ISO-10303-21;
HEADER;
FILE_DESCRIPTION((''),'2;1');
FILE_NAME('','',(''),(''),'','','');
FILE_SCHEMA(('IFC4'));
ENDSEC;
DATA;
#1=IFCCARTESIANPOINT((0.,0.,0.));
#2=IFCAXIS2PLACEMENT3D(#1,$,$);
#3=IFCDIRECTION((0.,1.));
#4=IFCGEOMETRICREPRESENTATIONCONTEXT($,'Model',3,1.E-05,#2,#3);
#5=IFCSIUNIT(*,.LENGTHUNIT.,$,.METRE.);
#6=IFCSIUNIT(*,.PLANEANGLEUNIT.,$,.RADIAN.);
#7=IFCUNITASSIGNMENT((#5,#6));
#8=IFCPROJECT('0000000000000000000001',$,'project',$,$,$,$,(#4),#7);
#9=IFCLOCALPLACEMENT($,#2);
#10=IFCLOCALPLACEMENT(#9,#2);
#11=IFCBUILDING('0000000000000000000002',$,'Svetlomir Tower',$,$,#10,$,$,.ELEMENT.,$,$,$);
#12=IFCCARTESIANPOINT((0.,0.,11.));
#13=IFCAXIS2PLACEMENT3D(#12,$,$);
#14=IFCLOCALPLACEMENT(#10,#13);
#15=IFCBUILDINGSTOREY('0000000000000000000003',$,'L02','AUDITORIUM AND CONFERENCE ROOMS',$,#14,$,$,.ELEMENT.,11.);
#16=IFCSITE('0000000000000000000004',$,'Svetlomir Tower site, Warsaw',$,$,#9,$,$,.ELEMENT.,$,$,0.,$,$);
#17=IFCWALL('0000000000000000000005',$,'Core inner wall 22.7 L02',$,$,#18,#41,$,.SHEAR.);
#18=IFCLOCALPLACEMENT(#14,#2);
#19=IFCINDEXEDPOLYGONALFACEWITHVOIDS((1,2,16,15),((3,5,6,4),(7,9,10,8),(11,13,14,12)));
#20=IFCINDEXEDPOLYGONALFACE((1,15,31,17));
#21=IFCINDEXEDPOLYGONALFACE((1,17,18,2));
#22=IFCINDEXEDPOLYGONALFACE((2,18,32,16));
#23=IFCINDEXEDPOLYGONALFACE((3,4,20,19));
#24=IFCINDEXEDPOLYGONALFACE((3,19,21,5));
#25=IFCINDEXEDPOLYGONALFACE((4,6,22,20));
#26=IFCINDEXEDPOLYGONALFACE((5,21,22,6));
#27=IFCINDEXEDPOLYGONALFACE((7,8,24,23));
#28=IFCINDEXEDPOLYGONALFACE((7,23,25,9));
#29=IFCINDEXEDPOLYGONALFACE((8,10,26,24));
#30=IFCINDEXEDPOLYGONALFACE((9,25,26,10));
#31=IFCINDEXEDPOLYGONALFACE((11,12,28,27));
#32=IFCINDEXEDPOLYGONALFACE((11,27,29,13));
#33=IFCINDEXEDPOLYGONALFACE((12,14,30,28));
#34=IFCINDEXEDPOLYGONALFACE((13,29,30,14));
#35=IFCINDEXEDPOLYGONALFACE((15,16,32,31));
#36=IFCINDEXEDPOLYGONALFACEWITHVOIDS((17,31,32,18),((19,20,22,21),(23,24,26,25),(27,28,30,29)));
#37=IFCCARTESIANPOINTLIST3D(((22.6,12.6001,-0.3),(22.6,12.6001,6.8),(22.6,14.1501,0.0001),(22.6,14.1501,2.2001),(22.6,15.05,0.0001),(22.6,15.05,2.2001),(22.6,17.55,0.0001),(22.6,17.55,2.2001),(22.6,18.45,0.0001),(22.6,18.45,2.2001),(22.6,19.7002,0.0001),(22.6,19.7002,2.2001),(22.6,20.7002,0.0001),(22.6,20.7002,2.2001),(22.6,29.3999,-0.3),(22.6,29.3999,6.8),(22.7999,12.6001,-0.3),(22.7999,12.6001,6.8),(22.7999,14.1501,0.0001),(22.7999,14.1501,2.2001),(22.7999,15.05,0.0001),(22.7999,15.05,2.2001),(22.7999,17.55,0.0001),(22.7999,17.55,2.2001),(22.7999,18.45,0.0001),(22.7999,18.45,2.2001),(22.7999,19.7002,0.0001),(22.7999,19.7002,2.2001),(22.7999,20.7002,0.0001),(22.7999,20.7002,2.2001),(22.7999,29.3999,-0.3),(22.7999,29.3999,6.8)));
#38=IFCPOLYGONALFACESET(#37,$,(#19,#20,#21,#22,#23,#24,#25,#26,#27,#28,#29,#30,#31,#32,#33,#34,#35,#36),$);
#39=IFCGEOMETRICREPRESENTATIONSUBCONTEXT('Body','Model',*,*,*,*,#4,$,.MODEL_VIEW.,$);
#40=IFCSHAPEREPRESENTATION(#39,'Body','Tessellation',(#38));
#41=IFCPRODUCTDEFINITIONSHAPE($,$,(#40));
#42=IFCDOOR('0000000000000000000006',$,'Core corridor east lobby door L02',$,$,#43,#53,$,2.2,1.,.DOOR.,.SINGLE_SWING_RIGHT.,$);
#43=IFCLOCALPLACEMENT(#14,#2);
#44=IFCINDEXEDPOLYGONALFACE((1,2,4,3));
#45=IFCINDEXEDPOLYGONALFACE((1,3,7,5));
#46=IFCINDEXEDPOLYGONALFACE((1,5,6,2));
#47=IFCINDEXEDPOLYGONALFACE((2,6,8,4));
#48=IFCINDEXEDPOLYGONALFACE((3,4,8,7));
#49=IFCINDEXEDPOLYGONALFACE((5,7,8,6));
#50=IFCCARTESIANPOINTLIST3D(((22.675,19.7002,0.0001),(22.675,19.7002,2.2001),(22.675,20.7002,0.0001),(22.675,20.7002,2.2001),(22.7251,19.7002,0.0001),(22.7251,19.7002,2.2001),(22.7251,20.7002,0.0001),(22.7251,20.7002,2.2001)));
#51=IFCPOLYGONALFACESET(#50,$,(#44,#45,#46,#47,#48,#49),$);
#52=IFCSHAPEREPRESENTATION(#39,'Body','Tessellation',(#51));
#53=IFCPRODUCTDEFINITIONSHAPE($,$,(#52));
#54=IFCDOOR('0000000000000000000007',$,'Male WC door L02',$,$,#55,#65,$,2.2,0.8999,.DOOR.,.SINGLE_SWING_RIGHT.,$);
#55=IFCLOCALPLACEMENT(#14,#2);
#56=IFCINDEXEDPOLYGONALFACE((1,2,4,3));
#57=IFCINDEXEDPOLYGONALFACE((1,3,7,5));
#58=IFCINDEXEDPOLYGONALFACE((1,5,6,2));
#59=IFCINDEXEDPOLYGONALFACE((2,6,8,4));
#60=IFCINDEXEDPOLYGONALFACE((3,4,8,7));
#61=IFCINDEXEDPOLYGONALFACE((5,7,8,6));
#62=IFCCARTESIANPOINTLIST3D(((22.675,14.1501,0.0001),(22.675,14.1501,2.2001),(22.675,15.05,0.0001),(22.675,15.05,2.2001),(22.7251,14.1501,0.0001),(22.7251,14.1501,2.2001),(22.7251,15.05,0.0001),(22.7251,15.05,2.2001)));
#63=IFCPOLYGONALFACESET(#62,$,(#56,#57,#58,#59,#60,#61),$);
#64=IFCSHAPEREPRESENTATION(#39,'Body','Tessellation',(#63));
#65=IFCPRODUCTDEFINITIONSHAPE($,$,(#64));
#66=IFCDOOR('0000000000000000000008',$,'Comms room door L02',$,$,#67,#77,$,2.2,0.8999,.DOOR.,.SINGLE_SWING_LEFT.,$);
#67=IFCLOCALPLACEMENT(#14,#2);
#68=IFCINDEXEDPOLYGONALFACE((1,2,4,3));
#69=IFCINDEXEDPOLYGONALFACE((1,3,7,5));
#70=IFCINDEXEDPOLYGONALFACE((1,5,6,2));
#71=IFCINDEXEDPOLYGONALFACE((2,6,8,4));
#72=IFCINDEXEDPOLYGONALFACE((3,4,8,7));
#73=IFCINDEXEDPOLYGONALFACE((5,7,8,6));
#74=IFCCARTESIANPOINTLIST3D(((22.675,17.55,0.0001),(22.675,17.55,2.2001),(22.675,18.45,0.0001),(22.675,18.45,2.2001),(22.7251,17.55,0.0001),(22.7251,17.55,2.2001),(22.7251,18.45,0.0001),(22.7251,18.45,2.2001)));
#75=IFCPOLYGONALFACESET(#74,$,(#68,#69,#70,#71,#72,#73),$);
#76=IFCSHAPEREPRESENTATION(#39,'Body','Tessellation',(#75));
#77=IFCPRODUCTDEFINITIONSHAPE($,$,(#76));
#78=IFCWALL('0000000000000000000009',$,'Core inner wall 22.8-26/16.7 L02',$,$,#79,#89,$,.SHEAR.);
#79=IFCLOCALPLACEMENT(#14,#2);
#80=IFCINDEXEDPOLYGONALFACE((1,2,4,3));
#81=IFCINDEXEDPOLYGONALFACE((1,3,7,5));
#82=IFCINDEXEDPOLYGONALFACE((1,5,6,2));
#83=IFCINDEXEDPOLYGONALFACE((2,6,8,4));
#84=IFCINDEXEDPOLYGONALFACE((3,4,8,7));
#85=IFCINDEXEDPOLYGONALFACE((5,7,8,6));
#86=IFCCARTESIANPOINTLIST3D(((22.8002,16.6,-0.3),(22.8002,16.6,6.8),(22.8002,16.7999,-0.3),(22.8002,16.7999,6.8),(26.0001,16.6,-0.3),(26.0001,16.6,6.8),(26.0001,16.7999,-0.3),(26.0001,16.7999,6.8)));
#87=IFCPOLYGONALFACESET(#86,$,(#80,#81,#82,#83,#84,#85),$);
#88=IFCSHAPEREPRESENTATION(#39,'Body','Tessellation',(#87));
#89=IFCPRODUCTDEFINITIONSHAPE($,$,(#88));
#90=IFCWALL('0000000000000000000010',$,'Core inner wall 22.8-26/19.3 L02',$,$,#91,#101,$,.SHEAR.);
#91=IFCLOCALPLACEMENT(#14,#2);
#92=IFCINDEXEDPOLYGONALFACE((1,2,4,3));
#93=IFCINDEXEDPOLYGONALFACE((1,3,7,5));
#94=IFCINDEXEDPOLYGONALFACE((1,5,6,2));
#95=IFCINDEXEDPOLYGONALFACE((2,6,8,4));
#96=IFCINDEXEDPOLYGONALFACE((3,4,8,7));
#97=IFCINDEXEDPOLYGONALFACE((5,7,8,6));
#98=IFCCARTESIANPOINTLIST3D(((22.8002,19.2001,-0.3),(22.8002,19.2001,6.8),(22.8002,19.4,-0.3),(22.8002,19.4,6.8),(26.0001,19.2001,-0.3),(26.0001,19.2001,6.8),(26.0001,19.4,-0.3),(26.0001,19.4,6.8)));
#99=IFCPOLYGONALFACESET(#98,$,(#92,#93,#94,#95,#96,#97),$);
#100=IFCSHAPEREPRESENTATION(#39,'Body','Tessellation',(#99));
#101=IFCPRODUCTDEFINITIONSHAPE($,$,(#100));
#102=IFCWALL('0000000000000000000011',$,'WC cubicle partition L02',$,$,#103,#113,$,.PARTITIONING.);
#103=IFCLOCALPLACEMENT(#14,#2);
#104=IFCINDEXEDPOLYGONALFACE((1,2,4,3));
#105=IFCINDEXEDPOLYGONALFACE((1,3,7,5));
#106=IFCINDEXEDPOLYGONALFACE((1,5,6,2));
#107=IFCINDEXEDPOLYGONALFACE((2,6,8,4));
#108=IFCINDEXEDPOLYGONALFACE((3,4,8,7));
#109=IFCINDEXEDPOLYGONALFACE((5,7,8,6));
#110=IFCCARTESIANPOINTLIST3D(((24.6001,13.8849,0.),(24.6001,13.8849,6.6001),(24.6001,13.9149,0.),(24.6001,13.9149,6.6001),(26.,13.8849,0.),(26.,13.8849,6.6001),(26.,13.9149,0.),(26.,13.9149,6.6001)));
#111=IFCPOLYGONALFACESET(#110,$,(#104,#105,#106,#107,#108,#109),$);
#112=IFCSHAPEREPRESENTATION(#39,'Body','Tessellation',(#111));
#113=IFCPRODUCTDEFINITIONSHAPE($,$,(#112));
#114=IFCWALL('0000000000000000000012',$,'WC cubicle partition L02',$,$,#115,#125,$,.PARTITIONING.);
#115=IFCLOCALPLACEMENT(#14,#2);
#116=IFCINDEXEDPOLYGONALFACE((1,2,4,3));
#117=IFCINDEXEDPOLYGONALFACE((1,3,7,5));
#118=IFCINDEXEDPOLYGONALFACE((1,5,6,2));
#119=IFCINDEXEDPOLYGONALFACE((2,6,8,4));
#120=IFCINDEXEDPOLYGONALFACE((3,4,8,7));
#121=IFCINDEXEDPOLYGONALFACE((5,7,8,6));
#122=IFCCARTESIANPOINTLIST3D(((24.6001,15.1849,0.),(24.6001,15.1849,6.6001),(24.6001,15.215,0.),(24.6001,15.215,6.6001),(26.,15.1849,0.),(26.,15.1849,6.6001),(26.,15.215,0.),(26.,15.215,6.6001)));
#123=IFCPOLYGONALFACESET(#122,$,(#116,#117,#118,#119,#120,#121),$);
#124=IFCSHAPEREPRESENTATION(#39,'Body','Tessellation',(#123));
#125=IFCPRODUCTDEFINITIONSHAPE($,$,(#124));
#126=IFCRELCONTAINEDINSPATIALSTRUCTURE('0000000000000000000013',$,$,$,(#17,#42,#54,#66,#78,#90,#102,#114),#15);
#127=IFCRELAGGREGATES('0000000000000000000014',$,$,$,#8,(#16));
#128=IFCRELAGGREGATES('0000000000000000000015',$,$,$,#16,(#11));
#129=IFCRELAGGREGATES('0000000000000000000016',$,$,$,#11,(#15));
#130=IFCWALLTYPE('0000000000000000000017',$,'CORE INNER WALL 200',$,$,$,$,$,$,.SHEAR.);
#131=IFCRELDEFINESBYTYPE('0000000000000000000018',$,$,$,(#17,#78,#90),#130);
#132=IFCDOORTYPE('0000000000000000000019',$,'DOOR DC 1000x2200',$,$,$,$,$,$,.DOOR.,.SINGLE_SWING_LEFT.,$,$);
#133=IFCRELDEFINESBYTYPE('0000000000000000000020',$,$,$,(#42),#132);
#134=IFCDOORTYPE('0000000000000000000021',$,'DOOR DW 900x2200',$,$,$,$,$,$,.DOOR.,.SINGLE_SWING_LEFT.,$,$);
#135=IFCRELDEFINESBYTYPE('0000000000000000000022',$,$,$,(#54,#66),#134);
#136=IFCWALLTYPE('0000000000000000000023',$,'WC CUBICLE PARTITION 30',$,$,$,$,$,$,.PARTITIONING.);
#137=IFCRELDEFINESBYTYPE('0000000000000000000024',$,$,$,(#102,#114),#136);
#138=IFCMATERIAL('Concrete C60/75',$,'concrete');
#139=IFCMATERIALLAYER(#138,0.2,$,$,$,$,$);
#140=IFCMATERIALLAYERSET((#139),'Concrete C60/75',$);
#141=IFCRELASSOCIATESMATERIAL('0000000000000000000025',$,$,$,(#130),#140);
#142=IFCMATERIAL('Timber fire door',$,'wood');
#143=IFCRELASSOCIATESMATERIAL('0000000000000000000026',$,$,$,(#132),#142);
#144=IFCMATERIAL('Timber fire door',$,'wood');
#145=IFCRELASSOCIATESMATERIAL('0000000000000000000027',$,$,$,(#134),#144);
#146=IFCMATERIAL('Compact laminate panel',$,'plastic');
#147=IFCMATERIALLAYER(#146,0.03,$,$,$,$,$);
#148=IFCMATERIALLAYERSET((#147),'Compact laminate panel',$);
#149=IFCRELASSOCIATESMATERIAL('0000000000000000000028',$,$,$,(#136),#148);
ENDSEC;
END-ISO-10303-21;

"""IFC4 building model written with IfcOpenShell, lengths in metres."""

from ifc_helpers import new_model, si_unit, direction, frame, frame_2d, origin, place, context, subcontext, project, spatial, rectangle, extrude, material, layer, layer_set, type_object, element, fill, save


model = new_model("IFC4")

# Units and contexts
model_context = context("Model", 3, precision=1e-05, world=origin(), true_north=direction((0.0, 1.0)))
body_context = subcontext(model_context, "Body", "Model", "MODEL_VIEW")
ifc_project = project(units=[si_unit("LENGTHUNIT", "METRE"), si_unit("PLANEANGLEUNIT", "RADIAN")], contexts=[model_context])

# Site, building, storey
site_placement = place(None, origin())
site = spatial("IfcSite", under=ifc_project, at=site_placement, Name="Svetlomir Tower site, Warsaw", CompositionType="ELEMENT", RefElevation=0.0)
building_placement = place(site_placement, origin())
building = spatial("IfcBuilding", under=site, at=building_placement, Name="Svetlomir Tower", CompositionType="ELEMENT")
storey_placement = place(building_placement, frame((0.0, 0.0, 11.0)))
storey = spatial("IfcBuildingStorey", under=building, at=storey_placement, Name="L02", Description="AUDITORIUM AND CONFERENCE ROOMS", CompositionType="ELEMENT", Elevation=11.0)

# Wall, openings, doors
ifc_material_1 = material(Name="Concrete C60/75", Category="concrete")
ifc_layer_1 = layer(ifc_material_1, 0.2)
ifc_layer_set_1 = layer_set([ifc_layer_1], Name="Concrete C60/75")
wall_type_1 = type_object("IfcWallType", Name="CORE INNER WALL 200", PredefinedType="SHEAR", material=ifc_layer_set_1)
ifc_material_2 = material(Name="Timber fire door", Category="wood")
door_type_1 = type_object("IfcDoorType", Name="DOOR DC 1000x2200", OperationType="SINGLE_SWING_LEFT", PredefinedType="DOOR", material=ifc_material_2)
ifc_material_3 = material(Name="Timber fire door", Category="wood")
door_type_2 = type_object("IfcDoorType", Name="DOOR DW 900x2200", OperationType="SINGLE_SWING_LEFT", PredefinedType="DOOR", material=ifc_material_3)
wall_1_placement = place(storey_placement, frame((22.7, 12.6001, -0.3), z_axis=(0.0, 0.0, 1.0), x_axis=(0.0, 1.0, 0.0)))
wall_1 = element("IfcWall", 1, at=wall_1_placement, inside=storey, type_object=wall_type_1, Name="Core inner wall 22.7 L02", PredefinedType="SHEAR", context=body_context, shape_type="SweptSolid", body=[
    extrude(rectangle(XDim=16.7998, YDim=0.2, at=frame_2d((8.3999, 0.0))), origin(), (0.0, 0.0, 1.0), 7.1001),
])
opening_1_placement = place(wall_1_placement, frame((7.1001, 0.0, 0.3)))
opening_1 = element("IfcOpeningElement", 2, at=opening_1_placement, cuts=wall_1, PredefinedType="OPENING", context=body_context, shape_type="SweptSolid", body=[
    extrude(rectangle(XDim=1.0, YDim=2.2, at=frame_2d((0.5, 1.1001))), frame((0.0, 0.1099, 0.0), z_axis=(0.0, -1.0, 0.0), x_axis=(1.0, 0.0, 0.0)), (0.0, 0.0, 1.0), 0.22),
])
opening_2_placement = place(wall_1_placement, frame((1.55, 0.0, 0.3)))
opening_2 = element("IfcOpeningElement", 3, at=opening_2_placement, cuts=wall_1, PredefinedType="OPENING", context=body_context, shape_type="SweptSolid", body=[
    extrude(rectangle(XDim=0.8999, YDim=2.2, at=frame_2d((0.45, 1.1001))), frame((0.0, 0.1099, 0.0), z_axis=(0.0, -1.0, 0.0), x_axis=(1.0, 0.0, 0.0)), (0.0, 0.0, 1.0), 0.22),
])
opening_3_placement = place(wall_1_placement, frame((4.95, 0.0, 0.3)))
opening_3 = element("IfcOpeningElement", 4, at=opening_3_placement, cuts=wall_1, PredefinedType="OPENING", context=body_context, shape_type="SweptSolid", body=[
    extrude(rectangle(XDim=0.8999, YDim=2.2, at=frame_2d((0.45, 1.1001))), frame((0.0, 0.1099, 0.0), z_axis=(0.0, -1.0, 0.0), x_axis=(1.0, 0.0, 0.0)), (0.0, 0.0, 1.0), 0.22),
])
door_1_placement = place(opening_1_placement, origin())
door_1 = element("IfcDoor", 5, at=door_1_placement, inside=storey, type_object=door_type_1, Name="Core corridor east lobby door L02", OperationType="SINGLE_SWING_RIGHT", OverallHeight=2.2, OverallWidth=1.0, PredefinedType="DOOR", context=body_context, shape_type="SweptSolid", body=[
    extrude(rectangle(XDim=1.0, YDim=2.2, at=frame_2d((0.5, 1.1001))), frame((0.0, 0.0249, 0.0), z_axis=(0.0, -1.0, 0.0), x_axis=(1.0, 0.0, 0.0)), (0.0, 0.0, 1.0), 0.05),
])
fill(opening_1, door_1)
door_2_placement = place(opening_2_placement, origin())
door_2 = element("IfcDoor", 6, at=door_2_placement, inside=storey, type_object=door_type_2, Name="Male WC door L02", OperationType="SINGLE_SWING_RIGHT", OverallHeight=2.2, OverallWidth=0.8999, PredefinedType="DOOR", context=body_context, shape_type="SweptSolid", body=[
    extrude(rectangle(XDim=0.8999, YDim=2.2, at=frame_2d((0.45, 1.1001))), frame((0.0, 0.0249, 0.0), z_axis=(0.0, -1.0, 0.0), x_axis=(1.0, 0.0, 0.0)), (0.0, 0.0, 1.0), 0.05),
])
fill(opening_2, door_2)
door_3_placement = place(opening_3_placement, origin())
door_3 = element("IfcDoor", 7, at=door_3_placement, inside=storey, type_object=door_type_2, Name="Comms room door L02", OperationType="SINGLE_SWING_LEFT", OverallHeight=2.2, OverallWidth=0.8999, PredefinedType="DOOR", context=body_context, shape_type="SweptSolid", body=[
    extrude(rectangle(XDim=0.8999, YDim=2.2, at=frame_2d((0.45, 1.1001))), frame((0.0, 0.0249, 0.0), z_axis=(0.0, -1.0, 0.0), x_axis=(1.0, 0.0, 0.0)), (0.0, 0.0, 1.0), 0.05),
])
fill(opening_3, door_3)

# Walls
for number, where, z_axis, x_axis, name in (
    (8, (22.8, 16.7, -0.3), (0.0, 0.0, 1.0), (1.0, 0.0, 0.0), "Core inner wall 22.8-26/16.7 L02"),
    (9, (22.8, 19.3, -0.3), (0.0, 0.0, 1.0), (1.0, 0.0, 0.0), "Core inner wall 22.8-26/19.3 L02"),
):
    element("IfcWall", number, at=place(storey_placement, frame(where, z_axis=z_axis, x_axis=x_axis)), inside=storey, type_object=wall_type_1, Name=name, PredefinedType="SHEAR", context=body_context, shape_type="SweptSolid", body=[
        extrude(rectangle(XDim=3.2, YDim=0.2, at=frame_2d((1.6001, 0.0))), origin(), (0.0, 0.0, 1.0), 7.1001),
    ])
ifc_material_4 = material(Name="Compact laminate panel", Category="plastic")
ifc_layer_2 = layer(ifc_material_4, 0.03)
ifc_layer_set_2 = layer_set([ifc_layer_2], Name="Compact laminate panel")
wall_type_2 = type_object("IfcWallType", Name="WC CUBICLE PARTITION 30", PredefinedType="PARTITIONING", material=ifc_layer_set_2)
for number, where, z_axis, x_axis, name in (
    (10, (24.6001, 13.8999, 0.0), (0.0, 0.0, 1.0), (1.0, 0.0, 0.0), "WC cubicle partition L02"),
    (11, (24.6001, 15.2, 0.0), (0.0, 0.0, 1.0), (1.0, 0.0, 0.0), "WC cubicle partition L02"),
):
    element("IfcWall", number, at=place(storey_placement, frame(where, z_axis=z_axis, x_axis=x_axis)), inside=storey, type_object=wall_type_2, Name=name, PredefinedType="PARTITIONING", context=body_context, shape_type="SweptSolid", body=[
        extrude(rectangle(XDim=1.3999, YDim=0.03, at=frame_2d((0.7, 0.0))), origin(), (0.0, 0.0, 1.0), 6.6001),
    ])

save(model, "model.ifc")
